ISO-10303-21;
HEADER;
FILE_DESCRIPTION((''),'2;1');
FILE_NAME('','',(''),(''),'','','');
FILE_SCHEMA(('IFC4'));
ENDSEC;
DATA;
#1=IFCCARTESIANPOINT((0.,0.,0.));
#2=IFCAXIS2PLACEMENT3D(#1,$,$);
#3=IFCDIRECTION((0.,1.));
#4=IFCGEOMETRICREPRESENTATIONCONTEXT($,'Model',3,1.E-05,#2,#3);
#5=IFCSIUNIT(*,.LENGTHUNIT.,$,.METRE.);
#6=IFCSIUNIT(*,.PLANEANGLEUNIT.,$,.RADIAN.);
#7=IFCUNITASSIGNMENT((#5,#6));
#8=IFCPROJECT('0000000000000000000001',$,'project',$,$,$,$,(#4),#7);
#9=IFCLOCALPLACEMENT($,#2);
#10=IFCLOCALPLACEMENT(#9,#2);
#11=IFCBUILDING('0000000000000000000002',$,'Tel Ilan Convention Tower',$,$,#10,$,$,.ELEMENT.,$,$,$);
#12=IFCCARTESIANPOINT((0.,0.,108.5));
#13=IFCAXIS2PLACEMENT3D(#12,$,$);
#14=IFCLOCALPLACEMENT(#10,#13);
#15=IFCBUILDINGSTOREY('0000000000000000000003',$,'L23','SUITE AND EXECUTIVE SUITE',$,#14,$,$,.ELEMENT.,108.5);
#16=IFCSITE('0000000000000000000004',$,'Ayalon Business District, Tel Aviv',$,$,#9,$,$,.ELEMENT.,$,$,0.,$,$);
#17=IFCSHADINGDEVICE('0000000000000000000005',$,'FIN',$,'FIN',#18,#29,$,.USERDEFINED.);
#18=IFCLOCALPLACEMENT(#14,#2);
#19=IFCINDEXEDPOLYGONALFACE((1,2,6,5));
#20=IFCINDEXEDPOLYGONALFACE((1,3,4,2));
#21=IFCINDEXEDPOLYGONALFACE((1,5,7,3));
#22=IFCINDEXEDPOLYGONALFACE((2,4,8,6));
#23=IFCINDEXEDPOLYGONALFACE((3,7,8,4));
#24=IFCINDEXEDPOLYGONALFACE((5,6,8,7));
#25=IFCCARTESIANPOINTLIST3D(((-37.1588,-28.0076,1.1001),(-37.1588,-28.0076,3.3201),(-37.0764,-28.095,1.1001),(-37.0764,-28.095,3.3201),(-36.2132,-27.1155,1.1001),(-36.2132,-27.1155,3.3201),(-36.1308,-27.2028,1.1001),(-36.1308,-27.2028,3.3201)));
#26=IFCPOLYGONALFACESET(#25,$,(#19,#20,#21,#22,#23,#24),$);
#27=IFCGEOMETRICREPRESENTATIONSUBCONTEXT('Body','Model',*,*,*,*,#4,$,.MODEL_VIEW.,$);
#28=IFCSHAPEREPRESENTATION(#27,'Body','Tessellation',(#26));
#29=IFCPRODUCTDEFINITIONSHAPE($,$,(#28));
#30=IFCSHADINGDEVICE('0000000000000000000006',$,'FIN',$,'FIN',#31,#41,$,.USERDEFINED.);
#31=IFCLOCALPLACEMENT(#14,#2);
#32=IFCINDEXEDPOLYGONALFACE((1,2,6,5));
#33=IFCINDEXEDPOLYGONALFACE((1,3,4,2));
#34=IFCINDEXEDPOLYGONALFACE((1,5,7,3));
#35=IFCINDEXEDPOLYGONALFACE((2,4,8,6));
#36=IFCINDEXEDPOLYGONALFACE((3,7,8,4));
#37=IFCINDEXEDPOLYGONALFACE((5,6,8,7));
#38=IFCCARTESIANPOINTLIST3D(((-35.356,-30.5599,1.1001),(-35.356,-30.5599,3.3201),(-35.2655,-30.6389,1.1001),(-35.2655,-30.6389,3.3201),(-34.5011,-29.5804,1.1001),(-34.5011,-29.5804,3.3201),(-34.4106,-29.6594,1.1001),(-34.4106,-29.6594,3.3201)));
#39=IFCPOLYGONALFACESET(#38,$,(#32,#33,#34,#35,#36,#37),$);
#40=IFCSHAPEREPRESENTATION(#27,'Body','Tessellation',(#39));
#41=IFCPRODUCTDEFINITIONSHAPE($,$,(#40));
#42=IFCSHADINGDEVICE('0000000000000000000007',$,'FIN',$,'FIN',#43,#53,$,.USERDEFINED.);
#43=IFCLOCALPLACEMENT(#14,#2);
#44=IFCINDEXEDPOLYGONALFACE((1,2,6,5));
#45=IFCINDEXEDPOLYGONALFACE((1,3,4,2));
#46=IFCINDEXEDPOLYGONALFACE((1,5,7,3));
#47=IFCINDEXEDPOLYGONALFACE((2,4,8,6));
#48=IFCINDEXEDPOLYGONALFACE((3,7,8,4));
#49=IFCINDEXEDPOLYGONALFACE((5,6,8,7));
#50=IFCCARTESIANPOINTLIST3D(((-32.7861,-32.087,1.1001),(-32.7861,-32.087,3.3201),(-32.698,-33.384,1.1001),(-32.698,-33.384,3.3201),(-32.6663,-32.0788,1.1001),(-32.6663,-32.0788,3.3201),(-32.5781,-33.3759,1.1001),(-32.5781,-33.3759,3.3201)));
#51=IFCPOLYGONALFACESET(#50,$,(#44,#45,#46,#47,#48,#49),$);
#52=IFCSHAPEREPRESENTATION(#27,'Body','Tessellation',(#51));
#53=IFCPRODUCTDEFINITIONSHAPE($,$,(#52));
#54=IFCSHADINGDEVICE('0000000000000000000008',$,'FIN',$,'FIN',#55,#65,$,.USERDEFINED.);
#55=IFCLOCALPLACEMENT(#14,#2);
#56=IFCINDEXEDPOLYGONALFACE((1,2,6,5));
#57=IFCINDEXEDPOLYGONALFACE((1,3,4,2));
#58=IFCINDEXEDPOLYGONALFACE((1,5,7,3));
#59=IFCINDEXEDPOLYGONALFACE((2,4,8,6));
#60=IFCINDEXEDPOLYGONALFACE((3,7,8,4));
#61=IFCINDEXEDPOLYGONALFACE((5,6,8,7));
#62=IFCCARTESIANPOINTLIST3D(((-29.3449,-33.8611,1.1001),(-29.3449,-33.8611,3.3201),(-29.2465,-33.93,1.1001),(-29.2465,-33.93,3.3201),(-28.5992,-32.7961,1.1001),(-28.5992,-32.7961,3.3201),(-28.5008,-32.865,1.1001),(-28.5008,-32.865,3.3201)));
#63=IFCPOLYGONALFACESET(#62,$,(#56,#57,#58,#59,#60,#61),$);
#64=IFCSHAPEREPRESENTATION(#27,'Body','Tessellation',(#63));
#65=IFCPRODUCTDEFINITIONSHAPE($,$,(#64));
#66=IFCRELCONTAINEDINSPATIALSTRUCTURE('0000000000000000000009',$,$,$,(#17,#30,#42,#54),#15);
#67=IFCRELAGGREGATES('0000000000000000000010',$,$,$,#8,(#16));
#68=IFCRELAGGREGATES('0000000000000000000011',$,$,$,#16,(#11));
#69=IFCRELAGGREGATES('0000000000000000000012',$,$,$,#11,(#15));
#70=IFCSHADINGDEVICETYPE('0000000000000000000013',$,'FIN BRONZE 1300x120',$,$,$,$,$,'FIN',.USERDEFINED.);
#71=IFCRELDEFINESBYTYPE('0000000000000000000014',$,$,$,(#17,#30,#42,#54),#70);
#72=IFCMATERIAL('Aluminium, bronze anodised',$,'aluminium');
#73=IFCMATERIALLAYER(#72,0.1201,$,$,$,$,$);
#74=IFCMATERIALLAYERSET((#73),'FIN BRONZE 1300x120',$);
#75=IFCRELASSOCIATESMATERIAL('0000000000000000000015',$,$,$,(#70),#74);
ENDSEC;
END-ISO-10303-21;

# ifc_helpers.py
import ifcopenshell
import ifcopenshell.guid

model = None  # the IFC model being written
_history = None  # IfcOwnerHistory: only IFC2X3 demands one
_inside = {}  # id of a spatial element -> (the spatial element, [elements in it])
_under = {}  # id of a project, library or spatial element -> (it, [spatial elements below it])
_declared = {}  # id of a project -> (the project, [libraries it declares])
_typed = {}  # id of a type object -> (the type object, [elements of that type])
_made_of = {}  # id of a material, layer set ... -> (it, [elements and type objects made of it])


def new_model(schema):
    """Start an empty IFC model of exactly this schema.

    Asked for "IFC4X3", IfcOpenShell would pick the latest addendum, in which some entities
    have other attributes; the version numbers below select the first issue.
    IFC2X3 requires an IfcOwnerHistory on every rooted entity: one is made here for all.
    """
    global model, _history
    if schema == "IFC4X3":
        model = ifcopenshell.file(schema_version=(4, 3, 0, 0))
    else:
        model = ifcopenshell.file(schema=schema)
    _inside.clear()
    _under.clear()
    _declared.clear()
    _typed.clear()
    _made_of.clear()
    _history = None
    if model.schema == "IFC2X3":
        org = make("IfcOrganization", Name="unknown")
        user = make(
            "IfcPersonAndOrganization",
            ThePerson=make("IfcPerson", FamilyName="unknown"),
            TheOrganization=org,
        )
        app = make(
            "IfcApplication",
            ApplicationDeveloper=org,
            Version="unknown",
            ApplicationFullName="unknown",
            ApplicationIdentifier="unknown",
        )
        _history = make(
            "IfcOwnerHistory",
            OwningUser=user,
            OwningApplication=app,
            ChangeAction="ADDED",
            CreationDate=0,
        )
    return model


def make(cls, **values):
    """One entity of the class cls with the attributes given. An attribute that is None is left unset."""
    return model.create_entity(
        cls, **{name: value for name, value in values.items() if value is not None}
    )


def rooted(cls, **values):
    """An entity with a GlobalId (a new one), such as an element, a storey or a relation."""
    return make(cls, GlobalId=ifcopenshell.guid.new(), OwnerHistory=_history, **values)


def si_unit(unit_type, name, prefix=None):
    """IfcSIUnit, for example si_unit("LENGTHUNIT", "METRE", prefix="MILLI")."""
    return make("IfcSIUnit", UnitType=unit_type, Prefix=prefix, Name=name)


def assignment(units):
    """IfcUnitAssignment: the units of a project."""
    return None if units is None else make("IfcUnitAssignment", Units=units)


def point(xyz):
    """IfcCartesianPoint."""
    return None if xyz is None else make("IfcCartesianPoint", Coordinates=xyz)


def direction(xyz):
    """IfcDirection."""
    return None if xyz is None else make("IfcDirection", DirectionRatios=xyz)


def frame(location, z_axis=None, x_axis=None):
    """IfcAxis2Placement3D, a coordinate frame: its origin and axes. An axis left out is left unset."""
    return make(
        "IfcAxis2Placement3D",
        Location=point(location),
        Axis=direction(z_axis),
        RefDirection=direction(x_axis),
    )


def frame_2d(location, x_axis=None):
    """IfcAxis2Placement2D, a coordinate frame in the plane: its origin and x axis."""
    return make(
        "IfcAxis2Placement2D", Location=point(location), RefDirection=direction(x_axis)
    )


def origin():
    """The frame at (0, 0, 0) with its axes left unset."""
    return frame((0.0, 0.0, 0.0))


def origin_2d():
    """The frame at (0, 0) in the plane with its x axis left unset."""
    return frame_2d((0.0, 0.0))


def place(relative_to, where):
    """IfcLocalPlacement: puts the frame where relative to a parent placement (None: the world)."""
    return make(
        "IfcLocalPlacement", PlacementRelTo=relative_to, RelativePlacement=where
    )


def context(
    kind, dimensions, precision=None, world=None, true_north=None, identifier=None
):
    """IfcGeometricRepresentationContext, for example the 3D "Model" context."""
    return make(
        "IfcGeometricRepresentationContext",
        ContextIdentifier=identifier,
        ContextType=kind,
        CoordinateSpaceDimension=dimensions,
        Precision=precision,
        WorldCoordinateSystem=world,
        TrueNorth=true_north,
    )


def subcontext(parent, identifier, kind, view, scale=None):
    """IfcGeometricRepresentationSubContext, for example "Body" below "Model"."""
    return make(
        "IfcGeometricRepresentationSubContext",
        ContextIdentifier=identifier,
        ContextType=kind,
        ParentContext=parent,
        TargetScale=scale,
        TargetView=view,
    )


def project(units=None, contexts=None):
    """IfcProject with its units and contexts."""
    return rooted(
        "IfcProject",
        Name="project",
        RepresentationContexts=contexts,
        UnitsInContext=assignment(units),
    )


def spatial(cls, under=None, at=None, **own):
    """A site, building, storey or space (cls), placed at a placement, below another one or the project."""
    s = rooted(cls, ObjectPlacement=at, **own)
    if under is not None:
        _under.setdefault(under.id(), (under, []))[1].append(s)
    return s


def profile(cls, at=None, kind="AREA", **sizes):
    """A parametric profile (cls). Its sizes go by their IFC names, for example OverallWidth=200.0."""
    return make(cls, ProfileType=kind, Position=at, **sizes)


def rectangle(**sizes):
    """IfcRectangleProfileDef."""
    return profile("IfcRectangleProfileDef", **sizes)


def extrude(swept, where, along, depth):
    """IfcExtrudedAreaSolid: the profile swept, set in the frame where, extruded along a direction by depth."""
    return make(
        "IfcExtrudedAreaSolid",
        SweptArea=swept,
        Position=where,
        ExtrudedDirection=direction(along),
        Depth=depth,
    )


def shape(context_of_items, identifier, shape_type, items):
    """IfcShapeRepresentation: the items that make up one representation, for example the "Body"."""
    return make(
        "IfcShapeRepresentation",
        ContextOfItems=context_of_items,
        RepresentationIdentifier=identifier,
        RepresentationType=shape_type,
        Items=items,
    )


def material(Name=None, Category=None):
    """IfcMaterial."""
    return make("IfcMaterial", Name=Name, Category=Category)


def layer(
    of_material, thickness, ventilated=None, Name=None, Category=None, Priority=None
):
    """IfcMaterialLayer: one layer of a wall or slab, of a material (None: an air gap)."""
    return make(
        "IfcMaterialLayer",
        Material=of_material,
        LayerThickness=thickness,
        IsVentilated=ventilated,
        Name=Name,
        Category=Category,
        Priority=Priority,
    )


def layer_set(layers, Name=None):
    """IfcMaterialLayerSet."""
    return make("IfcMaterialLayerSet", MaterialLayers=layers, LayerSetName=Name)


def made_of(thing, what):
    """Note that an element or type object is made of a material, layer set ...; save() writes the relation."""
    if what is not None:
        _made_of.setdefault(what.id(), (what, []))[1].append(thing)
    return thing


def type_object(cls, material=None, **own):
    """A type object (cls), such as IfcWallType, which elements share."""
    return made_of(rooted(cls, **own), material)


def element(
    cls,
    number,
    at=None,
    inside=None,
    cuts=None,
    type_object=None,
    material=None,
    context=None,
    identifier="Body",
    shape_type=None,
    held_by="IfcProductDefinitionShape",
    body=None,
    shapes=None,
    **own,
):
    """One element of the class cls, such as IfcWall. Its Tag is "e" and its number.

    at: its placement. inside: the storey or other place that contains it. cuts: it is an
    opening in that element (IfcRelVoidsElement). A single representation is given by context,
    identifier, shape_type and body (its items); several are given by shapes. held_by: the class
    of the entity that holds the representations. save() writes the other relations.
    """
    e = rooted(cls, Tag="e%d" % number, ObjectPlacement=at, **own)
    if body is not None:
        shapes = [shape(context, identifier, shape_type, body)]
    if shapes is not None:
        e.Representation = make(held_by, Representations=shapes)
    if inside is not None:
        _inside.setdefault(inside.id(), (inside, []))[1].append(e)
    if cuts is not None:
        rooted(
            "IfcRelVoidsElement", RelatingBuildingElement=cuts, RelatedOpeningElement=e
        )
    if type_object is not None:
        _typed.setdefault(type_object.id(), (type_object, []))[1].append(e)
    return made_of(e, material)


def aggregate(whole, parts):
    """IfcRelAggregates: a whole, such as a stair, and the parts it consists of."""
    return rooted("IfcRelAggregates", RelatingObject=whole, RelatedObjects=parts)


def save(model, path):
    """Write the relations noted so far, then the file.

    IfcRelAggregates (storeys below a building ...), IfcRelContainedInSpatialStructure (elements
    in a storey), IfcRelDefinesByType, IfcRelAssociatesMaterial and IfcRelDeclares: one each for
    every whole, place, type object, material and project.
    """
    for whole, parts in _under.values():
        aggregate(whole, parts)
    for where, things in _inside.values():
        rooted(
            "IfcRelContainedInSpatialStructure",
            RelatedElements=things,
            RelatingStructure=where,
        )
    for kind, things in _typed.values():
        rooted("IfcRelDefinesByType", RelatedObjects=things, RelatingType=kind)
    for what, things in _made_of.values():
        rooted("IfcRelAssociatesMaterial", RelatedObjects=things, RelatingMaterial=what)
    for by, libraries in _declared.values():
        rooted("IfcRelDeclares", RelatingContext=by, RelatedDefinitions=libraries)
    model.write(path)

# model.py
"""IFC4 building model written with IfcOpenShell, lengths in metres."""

from ifc_helpers import new_model, si_unit, direction, frame, origin, origin_2d, place, context, subcontext, project, spatial, rectangle, extrude, material, layer, layer_set, type_object, element, save


model = new_model("IFC4")

# Units and contexts
model_context = context("Model", 3, precision=1e-05, world=origin(), true_north=direction((0.0, 1.0)))
body_context = subcontext(model_context, "Body", "Model", "MODEL_VIEW")
ifc_project = project(units=[si_unit("LENGTHUNIT", "METRE"), si_unit("PLANEANGLEUNIT", "RADIAN")], contexts=[model_context])

# Site, building, storey
site_placement = place(None, origin())
site = spatial("IfcSite", under=ifc_project, at=site_placement, Name="Ayalon Business District, Tel Aviv", CompositionType="ELEMENT", RefElevation=0.0)
building_placement = place(site_placement, origin())
building = spatial("IfcBuilding", under=site, at=building_placement, Name="Tel Ilan Convention Tower", CompositionType="ELEMENT")
storey_placement = place(building_placement, frame((0.0, 0.0, 108.5)))
storey = spatial("IfcBuildingStorey", under=building, at=storey_placement, Name="L23", Description="SUITE AND EXECUTIVE SUITE", CompositionType="ELEMENT", Elevation=108.5)

# Shading devices
ifc_material_1 = material(Name="Aluminium, bronze anodised", Category="aluminium")
ifc_layer_1 = layer(ifc_material_1, 0.1201)
ifc_layer_set_1 = layer_set([ifc_layer_1], Name="FIN BRONZE 1300x120")
shading_device_type = type_object("IfcShadingDeviceType", Name="FIN BRONZE 1300x120", ElementType="FIN", PredefinedType="USERDEFINED", material=ifc_layer_set_1)
for number, where, z_axis, x_axis, name in (
    (1, (-36.6448, -27.6052, 1.1001), (0.0, 0.0, 1.0), (-0.727374, -0.686242, 0.0), "FIN"),
    (2, (-34.8833, -30.1096, 1.1001), (0.0, 0.0, 1.0), (-0.657521, -0.753436, 0.0), "FIN"),
    (3, (-32.6821, -32.7314, 1.1001), (0.0, 0.0, 1.0), (0.067822, -0.997697, 0.0), "FIN"),
    (4, (-28.9229, -33.363, 1.1001), (0.0, 0.0, 1.0), (-0.573576, -0.819152, 0.0), "FIN"),
):
    element("IfcShadingDevice", number, at=place(storey_placement, frame(where, z_axis=z_axis, x_axis=x_axis)), inside=storey, type_object=shading_device_type, Name=name, ObjectType="FIN", PredefinedType="USERDEFINED", context=body_context, shape_type="SweptSolid", body=[
        extrude(rectangle(XDim=1.3, YDim=0.1201, at=origin_2d()), origin(), (0.0, 0.0, 1.0), 2.22),
    ])

save(model, "model.ifc")
